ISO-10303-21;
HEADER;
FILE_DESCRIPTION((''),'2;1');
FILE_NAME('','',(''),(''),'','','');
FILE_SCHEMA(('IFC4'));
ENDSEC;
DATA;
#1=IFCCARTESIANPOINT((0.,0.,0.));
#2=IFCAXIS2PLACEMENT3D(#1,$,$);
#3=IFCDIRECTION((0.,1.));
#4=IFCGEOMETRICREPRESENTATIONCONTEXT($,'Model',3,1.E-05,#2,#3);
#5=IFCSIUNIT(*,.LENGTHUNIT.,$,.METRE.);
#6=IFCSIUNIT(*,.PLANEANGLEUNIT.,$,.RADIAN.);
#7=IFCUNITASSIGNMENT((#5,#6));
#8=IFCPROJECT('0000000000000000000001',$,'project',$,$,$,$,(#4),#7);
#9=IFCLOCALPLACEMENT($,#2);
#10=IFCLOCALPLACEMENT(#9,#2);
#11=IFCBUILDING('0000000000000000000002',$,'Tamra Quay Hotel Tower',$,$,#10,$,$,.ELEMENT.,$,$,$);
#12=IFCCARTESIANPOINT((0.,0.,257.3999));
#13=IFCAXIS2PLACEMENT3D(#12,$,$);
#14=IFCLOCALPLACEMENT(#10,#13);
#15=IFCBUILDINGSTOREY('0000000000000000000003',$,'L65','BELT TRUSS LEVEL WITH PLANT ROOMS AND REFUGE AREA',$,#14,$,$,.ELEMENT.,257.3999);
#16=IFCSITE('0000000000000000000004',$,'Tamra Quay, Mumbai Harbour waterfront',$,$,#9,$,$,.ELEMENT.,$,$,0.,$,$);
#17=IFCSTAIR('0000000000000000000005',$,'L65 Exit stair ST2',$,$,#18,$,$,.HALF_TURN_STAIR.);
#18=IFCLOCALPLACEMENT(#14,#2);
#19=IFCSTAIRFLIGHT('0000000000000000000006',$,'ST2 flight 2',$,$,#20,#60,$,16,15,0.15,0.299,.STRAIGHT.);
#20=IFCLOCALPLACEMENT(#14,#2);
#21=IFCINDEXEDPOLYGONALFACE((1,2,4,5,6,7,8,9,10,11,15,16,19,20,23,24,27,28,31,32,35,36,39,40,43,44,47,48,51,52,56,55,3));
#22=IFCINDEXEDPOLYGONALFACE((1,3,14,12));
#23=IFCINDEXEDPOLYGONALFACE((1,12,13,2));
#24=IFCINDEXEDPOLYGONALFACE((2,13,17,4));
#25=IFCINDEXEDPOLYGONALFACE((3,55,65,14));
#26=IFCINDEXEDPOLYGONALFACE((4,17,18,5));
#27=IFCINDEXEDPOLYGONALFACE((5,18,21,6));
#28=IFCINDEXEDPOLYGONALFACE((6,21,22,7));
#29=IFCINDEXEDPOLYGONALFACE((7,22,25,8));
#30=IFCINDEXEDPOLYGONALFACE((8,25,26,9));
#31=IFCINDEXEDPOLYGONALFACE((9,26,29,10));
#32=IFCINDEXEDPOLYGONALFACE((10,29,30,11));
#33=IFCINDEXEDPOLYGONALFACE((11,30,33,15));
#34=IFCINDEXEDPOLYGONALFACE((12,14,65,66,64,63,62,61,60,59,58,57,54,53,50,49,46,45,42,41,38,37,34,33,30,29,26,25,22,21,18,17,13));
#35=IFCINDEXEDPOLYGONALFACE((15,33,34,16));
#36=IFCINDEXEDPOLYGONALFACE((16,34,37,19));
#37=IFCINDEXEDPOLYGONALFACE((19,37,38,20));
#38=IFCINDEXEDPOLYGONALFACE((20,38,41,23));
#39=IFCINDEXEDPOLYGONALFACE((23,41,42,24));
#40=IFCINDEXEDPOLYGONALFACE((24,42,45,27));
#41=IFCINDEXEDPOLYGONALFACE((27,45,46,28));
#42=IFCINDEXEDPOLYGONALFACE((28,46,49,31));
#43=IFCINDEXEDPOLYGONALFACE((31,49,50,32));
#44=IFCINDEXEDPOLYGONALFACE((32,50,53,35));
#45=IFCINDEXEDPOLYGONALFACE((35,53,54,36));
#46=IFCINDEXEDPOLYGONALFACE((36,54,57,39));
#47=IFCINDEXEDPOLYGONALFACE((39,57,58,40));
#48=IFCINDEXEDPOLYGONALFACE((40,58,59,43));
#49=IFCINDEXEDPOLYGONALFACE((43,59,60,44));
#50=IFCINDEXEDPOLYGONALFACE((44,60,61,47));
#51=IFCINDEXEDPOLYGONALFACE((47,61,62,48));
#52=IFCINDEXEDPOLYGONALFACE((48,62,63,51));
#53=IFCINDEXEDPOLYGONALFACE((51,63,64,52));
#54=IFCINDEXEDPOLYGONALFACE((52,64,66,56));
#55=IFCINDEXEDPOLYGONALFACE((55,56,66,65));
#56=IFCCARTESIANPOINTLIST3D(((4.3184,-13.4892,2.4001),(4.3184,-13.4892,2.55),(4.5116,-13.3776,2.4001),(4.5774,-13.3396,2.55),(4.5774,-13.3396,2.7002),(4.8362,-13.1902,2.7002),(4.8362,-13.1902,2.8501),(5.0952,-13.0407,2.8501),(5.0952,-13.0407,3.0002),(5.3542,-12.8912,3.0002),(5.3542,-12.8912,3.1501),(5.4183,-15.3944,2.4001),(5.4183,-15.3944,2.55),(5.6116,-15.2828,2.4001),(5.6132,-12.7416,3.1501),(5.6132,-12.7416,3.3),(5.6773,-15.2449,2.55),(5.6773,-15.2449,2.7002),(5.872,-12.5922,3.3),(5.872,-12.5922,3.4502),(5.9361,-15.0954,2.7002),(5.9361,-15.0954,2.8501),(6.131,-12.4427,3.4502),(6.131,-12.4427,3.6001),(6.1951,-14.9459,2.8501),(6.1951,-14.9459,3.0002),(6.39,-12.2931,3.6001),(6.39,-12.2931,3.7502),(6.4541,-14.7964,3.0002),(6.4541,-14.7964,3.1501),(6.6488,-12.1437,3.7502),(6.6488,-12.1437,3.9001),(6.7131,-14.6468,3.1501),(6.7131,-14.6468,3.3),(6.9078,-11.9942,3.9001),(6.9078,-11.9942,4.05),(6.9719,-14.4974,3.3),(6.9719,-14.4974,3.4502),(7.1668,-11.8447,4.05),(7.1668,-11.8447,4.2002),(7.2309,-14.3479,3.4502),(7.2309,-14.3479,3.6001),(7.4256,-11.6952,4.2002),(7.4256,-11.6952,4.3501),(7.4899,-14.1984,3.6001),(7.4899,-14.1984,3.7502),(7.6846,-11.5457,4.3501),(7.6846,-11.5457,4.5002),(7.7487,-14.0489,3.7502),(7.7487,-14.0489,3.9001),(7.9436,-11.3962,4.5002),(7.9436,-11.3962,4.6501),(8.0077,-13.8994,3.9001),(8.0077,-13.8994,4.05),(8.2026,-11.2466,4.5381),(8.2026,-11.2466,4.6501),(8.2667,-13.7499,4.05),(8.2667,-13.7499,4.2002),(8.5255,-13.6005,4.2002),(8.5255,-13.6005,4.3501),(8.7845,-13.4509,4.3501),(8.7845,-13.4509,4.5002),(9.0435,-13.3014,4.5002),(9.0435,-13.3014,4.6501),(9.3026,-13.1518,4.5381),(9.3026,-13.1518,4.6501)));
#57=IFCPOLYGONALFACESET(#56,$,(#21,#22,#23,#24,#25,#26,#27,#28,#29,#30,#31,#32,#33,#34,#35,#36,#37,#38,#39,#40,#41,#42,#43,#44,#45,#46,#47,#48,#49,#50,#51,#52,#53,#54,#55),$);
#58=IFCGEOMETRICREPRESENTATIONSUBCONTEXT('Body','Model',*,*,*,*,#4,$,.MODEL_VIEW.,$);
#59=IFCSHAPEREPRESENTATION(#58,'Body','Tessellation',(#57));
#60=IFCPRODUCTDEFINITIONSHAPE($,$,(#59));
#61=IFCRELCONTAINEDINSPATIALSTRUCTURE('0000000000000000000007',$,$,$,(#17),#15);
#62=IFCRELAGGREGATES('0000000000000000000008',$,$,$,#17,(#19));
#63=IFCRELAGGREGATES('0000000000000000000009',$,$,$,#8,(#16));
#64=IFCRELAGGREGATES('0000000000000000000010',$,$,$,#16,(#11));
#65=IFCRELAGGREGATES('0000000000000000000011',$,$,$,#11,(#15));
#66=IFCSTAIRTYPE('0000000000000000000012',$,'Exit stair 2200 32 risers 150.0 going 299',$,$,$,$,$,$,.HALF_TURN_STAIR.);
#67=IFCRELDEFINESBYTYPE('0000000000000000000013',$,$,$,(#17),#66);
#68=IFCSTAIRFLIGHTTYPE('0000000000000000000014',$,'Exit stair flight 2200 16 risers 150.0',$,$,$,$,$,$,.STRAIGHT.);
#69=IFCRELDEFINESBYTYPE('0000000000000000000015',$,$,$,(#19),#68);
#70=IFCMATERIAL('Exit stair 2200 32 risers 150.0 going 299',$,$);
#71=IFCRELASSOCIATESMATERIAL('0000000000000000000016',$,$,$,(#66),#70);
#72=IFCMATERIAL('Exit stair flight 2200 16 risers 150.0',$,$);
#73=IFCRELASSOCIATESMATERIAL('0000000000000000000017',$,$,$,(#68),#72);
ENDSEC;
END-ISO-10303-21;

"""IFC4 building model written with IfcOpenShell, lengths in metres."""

from ifc_helpers import new_model, si_unit, direction, frame, origin, place, context, subcontext, project, spatial, polyline, outline, extrude, material, type_object, element, aggregate, save


model = new_model("IFC4")

# Units and contexts
model_context = context("Model", 3, precision=1e-05, world=origin(), true_north=direction((0.0, 1.0)))
body_context = subcontext(model_context, "Body", "Model", "MODEL_VIEW")
ifc_project = project(units=[si_unit("LENGTHUNIT", "METRE"), si_unit("PLANEANGLEUNIT", "RADIAN")], contexts=[model_context])

# Site, building, storey
site_placement = place(None, origin())
site = spatial("IfcSite", under=ifc_project, at=site_placement, Name="Tamra Quay, Mumbai Harbour waterfront", CompositionType="ELEMENT", RefElevation=0.0)
building_placement = place(site_placement, origin())
building = spatial("IfcBuilding", under=site, at=building_placement, Name="Tamra Quay Hotel Tower", CompositionType="ELEMENT")
storey_placement = place(building_placement, frame((0.0, 0.0, 257.3999)))
storey = spatial("IfcBuildingStorey", under=building, at=storey_placement, Name="L65", Description="BELT TRUSS LEVEL WITH PLANT ROOMS AND REFUGE AREA", CompositionType="ELEMENT", Elevation=257.3999)

# Stair, stair flight
ifc_material_1 = material(Name="Exit stair 2200 32 risers 150.0 going 299")
stair_type = type_object("IfcStairType", Name="Exit stair 2200 32 risers 150.0 going 299", PredefinedType="HALF_TURN_STAIR", material=ifc_material_1)
stair_placement = place(storey_placement, origin())
stair = element("IfcStair", 1, at=stair_placement, inside=storey, type_object=stair_type, Name="L65 Exit stair ST2", PredefinedType="HALF_TURN_STAIR")
ifc_material_2 = material(Name="Exit stair flight 2200 16 risers 150.0")
stair_flight_type = type_object("IfcStairFlightType", Name="Exit stair flight 2200 16 risers 150.0", PredefinedType="STRAIGHT", material=ifc_material_2)
stair_flight_placement = place(storey_placement, frame((4.8684, -14.4419, 2.4001), z_axis=(0.0, 0.0, 1.0), x_axis=(0.866025, 0.5, 0.0)))
stair_flight = element("IfcStairFlight", 2, at=stair_flight_placement, type_object=stair_flight_type, Name="ST2 flight 2", NumberOfRisers=16, NumberOfTreads=15, PredefinedType="STRAIGHT", RiserHeight=0.15, TreadLength=0.299, context=body_context, shape_type="SweptSolid", body=[
    extrude(outline(polyline([(0.0, 0.0), (0.0, 0.1499), (0.2991, 0.1499), (0.2991, 0.3), (0.5979, 0.3), (0.5979, 0.45), (0.897, 0.45), (0.897, 0.6001), (1.196, 0.6001), (1.196, 0.75), (1.4951, 0.75), (1.4951, 0.8999), (1.7939, 0.8999), (1.7939, 1.05), (2.093, 1.05), (2.093, 1.2), (2.3921, 1.2), (2.3921, 1.3501), (2.6909, 1.3501), (2.6909, 1.5), (2.99, 1.5), (2.99, 1.6499), (3.2891, 1.6499), (3.2891, 1.8), (3.5879, 1.8), (3.5879, 1.95), (3.887, 1.95), (3.887, 2.1001), (4.186, 2.1001), (4.186, 2.25), (4.4851, 2.25), (4.4851, 2.3999), (4.4851, 2.1379), (0.2231, 0.0), (0.0, 0.0)])), frame((0.0, 1.1001, 0.0), z_axis=(0.0, -1.0, 0.0), x_axis=(1.0, 0.0, 0.0)), (0.0, 0.0, 1.0), 2.2),
])
aggregate(stair, [stair_flight])

save(model, "model.ifc")
